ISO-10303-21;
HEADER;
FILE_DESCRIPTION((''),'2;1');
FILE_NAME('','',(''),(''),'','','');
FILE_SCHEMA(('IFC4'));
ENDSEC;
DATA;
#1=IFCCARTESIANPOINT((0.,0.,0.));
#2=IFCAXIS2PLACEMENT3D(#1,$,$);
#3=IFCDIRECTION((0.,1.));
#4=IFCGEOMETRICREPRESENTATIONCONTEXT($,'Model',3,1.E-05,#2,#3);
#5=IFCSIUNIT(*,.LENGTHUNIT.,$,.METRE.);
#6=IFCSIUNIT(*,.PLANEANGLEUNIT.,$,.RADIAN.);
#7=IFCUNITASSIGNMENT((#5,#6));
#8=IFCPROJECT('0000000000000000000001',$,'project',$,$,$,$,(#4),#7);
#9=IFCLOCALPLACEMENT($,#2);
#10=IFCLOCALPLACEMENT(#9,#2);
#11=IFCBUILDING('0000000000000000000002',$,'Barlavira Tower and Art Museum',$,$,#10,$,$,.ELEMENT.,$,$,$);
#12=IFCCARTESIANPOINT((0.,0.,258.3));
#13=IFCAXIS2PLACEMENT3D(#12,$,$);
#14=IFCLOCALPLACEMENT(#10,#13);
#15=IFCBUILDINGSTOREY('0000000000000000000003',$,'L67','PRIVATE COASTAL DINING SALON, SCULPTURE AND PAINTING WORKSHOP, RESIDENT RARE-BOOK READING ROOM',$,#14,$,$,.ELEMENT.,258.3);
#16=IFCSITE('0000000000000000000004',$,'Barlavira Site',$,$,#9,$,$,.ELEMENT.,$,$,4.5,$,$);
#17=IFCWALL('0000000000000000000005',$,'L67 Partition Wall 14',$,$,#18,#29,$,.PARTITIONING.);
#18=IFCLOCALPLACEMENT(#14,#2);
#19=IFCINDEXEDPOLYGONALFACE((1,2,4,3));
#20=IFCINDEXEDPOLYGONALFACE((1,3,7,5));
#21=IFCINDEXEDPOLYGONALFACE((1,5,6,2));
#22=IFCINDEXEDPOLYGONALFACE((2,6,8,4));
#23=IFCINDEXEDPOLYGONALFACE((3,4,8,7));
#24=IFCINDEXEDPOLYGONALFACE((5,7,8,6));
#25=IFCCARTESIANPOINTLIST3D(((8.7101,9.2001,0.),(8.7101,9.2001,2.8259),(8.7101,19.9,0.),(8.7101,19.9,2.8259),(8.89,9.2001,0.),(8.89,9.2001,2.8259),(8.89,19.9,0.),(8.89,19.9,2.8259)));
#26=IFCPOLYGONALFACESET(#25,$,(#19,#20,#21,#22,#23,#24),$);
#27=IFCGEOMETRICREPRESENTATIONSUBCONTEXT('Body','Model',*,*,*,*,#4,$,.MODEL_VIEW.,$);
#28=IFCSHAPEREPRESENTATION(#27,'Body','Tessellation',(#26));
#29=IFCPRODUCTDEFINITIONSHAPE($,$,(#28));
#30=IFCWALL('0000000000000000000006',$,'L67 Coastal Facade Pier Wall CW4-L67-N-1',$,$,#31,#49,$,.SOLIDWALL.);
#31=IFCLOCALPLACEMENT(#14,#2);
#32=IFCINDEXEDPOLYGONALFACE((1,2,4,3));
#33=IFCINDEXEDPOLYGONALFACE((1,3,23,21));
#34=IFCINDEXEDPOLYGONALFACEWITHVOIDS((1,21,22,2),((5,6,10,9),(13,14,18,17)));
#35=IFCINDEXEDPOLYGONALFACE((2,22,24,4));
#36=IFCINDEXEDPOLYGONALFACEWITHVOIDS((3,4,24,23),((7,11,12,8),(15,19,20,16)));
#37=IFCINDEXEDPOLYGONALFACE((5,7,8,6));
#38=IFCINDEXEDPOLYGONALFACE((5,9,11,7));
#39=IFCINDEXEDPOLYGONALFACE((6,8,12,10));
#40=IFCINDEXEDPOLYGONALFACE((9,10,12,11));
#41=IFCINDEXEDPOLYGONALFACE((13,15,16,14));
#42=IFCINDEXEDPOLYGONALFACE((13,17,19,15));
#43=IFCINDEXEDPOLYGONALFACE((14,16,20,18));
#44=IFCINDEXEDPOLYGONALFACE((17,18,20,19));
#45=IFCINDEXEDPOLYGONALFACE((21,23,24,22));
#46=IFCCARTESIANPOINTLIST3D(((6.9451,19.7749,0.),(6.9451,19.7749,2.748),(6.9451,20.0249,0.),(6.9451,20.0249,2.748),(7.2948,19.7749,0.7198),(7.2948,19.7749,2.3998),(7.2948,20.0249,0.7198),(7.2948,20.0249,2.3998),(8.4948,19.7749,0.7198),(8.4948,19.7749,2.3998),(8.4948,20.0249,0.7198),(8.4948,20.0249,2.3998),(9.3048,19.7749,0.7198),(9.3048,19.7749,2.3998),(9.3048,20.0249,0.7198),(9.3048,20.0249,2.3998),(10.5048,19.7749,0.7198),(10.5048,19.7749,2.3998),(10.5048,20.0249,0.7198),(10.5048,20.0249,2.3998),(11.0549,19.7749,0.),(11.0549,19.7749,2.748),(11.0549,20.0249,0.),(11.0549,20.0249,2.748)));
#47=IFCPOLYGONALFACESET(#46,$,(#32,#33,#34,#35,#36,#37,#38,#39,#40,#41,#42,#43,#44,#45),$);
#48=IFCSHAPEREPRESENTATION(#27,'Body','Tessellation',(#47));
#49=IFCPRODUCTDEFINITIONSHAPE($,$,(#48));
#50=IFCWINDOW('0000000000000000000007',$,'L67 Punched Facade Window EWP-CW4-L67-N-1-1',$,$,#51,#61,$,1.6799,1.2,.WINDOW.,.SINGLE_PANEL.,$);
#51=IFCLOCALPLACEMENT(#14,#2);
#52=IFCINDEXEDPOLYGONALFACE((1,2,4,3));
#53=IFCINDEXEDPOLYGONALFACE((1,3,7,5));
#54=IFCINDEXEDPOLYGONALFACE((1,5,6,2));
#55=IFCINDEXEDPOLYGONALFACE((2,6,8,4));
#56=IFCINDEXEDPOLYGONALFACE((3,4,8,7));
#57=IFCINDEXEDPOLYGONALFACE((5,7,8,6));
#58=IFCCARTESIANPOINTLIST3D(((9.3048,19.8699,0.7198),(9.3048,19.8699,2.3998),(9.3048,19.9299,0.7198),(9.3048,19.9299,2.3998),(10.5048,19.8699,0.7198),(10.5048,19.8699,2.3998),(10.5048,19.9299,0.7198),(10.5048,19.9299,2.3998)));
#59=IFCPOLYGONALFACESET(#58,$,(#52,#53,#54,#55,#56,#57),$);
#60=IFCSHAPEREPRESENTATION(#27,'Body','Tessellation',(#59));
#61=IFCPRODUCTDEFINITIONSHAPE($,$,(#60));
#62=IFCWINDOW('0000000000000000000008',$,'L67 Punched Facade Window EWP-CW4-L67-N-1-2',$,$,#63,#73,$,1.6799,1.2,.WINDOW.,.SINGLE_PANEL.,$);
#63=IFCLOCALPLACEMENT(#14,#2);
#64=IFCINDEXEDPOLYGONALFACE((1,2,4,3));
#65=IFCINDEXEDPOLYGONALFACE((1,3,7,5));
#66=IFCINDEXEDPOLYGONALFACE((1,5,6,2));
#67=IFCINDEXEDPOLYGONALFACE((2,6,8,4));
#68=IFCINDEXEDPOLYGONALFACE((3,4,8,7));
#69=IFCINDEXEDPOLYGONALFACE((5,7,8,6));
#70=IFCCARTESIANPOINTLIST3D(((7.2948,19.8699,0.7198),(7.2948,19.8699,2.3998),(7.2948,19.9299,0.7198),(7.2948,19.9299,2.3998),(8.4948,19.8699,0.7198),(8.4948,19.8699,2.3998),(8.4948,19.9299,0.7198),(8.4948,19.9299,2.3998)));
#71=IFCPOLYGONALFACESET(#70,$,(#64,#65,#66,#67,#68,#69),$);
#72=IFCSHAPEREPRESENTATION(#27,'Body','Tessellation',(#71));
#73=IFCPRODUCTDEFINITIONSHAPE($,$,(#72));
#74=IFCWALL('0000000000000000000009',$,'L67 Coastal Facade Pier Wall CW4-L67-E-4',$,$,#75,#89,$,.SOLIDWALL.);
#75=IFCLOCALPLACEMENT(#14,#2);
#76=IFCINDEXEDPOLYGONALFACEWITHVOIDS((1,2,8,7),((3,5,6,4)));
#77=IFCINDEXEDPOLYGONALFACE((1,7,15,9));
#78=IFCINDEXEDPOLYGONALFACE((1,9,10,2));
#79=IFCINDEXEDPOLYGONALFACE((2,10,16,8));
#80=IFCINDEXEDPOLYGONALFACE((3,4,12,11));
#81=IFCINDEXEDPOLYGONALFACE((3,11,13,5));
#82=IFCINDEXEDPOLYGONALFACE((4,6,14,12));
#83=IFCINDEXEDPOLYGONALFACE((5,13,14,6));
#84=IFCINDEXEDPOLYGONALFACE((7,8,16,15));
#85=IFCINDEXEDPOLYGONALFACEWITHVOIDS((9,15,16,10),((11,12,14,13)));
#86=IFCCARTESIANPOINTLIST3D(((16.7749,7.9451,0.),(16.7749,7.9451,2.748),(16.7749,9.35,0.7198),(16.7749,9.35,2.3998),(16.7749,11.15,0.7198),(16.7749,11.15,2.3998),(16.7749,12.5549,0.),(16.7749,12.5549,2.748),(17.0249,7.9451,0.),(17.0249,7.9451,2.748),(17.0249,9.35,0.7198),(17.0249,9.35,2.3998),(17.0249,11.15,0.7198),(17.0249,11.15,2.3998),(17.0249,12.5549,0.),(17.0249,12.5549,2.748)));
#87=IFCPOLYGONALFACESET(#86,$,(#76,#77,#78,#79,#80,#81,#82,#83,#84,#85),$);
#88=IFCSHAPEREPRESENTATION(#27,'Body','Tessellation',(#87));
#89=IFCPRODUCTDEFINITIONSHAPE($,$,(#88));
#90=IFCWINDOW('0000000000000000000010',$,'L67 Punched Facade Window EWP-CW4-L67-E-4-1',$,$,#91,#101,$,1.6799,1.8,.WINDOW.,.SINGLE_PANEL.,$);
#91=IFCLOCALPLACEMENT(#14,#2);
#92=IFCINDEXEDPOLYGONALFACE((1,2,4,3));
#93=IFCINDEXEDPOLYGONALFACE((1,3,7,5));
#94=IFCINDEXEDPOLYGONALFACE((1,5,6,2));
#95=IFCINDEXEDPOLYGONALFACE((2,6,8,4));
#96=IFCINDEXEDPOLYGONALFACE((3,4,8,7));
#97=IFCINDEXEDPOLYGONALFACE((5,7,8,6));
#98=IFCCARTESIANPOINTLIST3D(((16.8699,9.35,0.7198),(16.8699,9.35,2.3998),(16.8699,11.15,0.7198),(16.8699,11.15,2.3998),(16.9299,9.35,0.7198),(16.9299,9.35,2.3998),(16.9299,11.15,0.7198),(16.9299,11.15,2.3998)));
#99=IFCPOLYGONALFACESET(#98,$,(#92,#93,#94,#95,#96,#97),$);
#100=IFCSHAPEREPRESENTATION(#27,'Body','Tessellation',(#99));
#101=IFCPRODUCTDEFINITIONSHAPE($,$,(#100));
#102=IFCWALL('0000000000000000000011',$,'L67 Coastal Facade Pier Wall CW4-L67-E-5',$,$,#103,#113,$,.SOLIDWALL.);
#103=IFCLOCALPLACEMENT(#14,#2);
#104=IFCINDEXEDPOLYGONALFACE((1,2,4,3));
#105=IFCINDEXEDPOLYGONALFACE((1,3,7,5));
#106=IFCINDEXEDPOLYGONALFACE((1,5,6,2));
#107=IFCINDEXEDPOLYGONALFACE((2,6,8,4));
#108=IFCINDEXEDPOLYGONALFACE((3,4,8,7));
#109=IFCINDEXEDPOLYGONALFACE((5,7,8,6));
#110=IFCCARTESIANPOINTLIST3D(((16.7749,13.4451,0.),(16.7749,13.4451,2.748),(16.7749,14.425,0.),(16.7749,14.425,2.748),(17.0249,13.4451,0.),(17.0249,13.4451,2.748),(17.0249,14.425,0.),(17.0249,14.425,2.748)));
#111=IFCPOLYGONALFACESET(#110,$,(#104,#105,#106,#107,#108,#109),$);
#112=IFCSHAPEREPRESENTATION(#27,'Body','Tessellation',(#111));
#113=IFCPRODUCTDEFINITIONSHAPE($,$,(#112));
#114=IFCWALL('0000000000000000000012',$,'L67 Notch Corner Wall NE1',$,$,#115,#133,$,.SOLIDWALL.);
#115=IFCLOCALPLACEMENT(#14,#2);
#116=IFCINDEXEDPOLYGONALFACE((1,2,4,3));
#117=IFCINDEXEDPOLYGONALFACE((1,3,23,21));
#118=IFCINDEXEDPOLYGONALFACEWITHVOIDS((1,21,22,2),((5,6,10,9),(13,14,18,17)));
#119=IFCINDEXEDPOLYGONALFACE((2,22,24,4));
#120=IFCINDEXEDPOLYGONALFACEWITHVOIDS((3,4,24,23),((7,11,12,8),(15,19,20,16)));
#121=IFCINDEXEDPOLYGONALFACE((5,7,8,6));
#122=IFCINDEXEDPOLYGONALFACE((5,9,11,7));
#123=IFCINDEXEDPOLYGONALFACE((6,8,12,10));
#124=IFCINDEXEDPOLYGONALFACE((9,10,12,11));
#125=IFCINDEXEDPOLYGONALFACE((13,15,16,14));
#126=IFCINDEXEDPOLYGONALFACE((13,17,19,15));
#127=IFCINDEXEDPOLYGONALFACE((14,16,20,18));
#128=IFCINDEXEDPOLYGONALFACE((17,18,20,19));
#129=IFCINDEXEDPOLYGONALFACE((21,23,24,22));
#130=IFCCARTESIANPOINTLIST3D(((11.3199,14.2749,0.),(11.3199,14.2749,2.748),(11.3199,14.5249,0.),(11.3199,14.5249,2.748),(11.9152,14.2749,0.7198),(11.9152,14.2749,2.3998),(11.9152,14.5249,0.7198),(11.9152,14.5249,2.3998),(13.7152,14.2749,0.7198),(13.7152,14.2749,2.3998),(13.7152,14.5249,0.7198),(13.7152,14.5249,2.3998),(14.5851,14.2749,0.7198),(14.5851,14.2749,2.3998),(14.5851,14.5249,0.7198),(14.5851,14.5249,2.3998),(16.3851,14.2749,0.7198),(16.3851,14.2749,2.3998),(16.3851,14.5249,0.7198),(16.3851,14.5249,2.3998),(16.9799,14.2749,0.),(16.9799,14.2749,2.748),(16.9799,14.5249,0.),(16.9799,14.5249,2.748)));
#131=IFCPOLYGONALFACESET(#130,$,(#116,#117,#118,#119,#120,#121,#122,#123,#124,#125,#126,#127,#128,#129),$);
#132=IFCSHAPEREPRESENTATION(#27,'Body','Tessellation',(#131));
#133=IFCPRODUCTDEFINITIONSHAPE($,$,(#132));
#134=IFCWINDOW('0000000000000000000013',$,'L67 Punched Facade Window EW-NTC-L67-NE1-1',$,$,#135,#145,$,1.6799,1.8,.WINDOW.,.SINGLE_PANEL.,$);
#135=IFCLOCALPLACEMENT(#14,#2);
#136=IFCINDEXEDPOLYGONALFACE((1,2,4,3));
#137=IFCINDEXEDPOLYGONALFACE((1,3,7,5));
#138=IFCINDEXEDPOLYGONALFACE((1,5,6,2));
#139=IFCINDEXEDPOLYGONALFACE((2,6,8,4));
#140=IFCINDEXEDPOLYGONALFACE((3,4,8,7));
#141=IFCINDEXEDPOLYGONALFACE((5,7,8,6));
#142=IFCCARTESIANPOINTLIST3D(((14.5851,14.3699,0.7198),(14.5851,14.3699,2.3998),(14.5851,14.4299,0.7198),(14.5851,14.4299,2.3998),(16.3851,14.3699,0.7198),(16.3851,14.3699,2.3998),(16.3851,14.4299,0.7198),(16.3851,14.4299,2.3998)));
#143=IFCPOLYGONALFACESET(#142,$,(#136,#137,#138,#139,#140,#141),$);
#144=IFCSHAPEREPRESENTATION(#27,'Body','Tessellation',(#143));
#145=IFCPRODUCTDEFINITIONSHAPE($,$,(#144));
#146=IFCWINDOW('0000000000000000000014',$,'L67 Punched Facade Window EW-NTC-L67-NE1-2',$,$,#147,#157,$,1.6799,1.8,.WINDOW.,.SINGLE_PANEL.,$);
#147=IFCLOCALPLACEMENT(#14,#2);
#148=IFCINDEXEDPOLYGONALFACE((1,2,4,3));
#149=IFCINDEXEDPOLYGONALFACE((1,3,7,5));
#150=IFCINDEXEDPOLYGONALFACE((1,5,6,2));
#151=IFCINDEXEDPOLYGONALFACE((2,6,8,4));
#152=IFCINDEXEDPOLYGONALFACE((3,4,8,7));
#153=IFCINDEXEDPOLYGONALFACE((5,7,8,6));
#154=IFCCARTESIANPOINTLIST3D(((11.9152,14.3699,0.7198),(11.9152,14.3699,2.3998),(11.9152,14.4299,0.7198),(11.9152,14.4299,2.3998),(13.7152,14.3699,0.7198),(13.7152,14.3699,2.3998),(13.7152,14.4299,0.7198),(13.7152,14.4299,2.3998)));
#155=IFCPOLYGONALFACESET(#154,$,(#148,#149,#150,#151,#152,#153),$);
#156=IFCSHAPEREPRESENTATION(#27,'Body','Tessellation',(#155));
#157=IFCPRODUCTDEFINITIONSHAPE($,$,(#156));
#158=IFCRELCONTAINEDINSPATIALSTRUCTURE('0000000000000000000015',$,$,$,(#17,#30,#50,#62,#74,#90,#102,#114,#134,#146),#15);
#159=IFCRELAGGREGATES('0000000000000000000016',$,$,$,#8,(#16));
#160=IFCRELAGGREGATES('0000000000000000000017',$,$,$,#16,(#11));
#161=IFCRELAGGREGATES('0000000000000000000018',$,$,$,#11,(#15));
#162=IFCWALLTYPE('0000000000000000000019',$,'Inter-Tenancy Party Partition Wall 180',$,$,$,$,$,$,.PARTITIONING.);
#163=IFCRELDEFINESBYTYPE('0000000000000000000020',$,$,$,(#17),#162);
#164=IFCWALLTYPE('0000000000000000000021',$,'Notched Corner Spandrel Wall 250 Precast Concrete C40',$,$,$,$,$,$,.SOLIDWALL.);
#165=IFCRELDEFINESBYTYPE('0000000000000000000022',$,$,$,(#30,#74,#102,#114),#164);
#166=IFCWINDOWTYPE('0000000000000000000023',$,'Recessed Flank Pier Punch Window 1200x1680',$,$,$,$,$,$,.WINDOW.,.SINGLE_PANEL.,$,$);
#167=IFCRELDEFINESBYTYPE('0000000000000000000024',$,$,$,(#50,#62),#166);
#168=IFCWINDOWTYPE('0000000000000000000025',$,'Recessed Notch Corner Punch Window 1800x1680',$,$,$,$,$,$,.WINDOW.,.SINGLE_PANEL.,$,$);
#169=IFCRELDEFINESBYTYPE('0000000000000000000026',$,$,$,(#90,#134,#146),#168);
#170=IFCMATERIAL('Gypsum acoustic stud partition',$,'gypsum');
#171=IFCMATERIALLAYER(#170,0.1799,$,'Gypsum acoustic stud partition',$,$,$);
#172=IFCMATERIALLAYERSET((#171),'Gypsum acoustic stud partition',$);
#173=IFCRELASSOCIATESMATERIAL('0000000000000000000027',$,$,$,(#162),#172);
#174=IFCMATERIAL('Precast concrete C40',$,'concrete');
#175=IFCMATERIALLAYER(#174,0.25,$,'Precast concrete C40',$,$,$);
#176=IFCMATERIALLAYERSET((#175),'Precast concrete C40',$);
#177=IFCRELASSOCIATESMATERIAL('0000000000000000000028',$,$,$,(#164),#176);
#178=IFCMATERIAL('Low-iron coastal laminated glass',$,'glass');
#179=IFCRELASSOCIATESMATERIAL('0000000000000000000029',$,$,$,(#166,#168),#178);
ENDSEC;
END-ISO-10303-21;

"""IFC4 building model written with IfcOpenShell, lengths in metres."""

from ifc_helpers import new_model, si_unit, direction, frame, frame_2d, origin, place, context, subcontext, project, spatial, rectangle, extrude, material, layer, layer_set, type_object, element, fill, save


model = new_model("IFC4")

# Units and contexts
model_context = context("Model", 3, precision=1e-05, world=origin(), true_north=direction((0.0, 1.0)))
body_context = subcontext(model_context, "Body", "Model", "MODEL_VIEW")
ifc_project = project(units=[si_unit("LENGTHUNIT", "METRE"), si_unit("PLANEANGLEUNIT", "RADIAN")], contexts=[model_context])

# Site, building, storey
site_placement = place(None, origin())
site = spatial("IfcSite", under=ifc_project, at=site_placement, Name="Barlavira Site", CompositionType="ELEMENT", RefElevation=4.5)
building_placement = place(site_placement, origin())
building = spatial("IfcBuilding", under=site, at=building_placement, Name="Barlavira Tower and Art Museum", CompositionType="ELEMENT")
storey_placement = place(building_placement, frame((0.0, 0.0, 258.3)))
storey = spatial("IfcBuildingStorey", under=building, at=storey_placement, Name="L67", Description="PRIVATE COASTAL DINING SALON, SCULPTURE AND PAINTING WORKSHOP, RESIDENT RARE-BOOK READING ROOM", CompositionType="ELEMENT", Elevation=258.3)

# Wall
ifc_material_1 = material(Name="Gypsum acoustic stud partition", Category="gypsum")
ifc_layer_1 = layer(ifc_material_1, 0.1799, Name="Gypsum acoustic stud partition")
ifc_layer_set_1 = layer_set([ifc_layer_1], Name="Gypsum acoustic stud partition")
wall_type_1 = type_object("IfcWallType", Name="Inter-Tenancy Party Partition Wall 180", PredefinedType="PARTITIONING", material=ifc_layer_set_1)
wall_1_placement = place(storey_placement, frame((8.8, 9.2, 0.0), z_axis=(0.0, 0.0, 1.0), x_axis=(0.0, 1.0, 0.0)))
element("IfcWall", 1, at=wall_1_placement, inside=storey, type_object=wall_type_1, Name="L67 Partition Wall 14", PredefinedType="PARTITIONING", context=body_context, shape_type="SweptSolid", body=[
    extrude(rectangle(XDim=10.7, YDim=0.1799, at=frame_2d((5.3501, 0.0))), origin(), (0.0, 0.0, 1.0), 2.8259),
])

# Wall, openings, windows
ifc_material_2 = material(Name="Precast concrete C40", Category="concrete")
ifc_layer_2 = layer(ifc_material_2, 0.25, Name="Precast concrete C40")
ifc_layer_set_2 = layer_set([ifc_layer_2], Name="Precast concrete C40")
wall_type_2 = type_object("IfcWallType", Name="Notched Corner Spandrel Wall 250 Precast Concrete C40", PredefinedType="SOLIDWALL", material=ifc_layer_set_2)
wall_2_placement = place(storey_placement, frame((11.0549, 19.8999, 0.0), z_axis=(0.0, 0.0, 1.0), x_axis=(-1.0, 0.0, 0.0)))
wall_2 = element("IfcWall", 2, at=wall_2_placement, inside=storey, type_object=wall_type_2, Name="L67 Coastal Facade Pier Wall CW4-L67-N-1", PredefinedType="SOLIDWALL", context=body_context, shape_type="SweptSolid", body=[
    extrude(rectangle(XDim=4.1099, YDim=0.25, at=frame_2d((2.0549, 0.0))), origin(), (0.0, 0.0, 1.0), 2.748),
])
opening_1_placement = place(wall_2_placement, frame((0.55, 0.0, 0.72)))
opening_1 = element("IfcOpeningElement", 3, at=opening_1_placement, cuts=wall_2, PredefinedType="OPENING", context=body_context, shape_type="SweptSolid", body=[
    extrude(rectangle(XDim=1.2, YDim=1.6799, at=frame_2d((0.6001, 0.8398))), frame((0.0, 0.135, 0.0), z_axis=(0.0, -1.0, 0.0), x_axis=(1.0, 0.0, 0.0)), (0.0, 0.0, 1.0), 0.27),
])
opening_2_placement = place(wall_2_placement, frame((2.5601, 0.0, 0.72)))
opening_2 = element("IfcOpeningElement", 4, at=opening_2_placement, cuts=wall_2, PredefinedType="OPENING", context=body_context, shape_type="SweptSolid", body=[
    extrude(rectangle(XDim=1.2, YDim=1.6799, at=frame_2d((0.6001, 0.8398))), frame((0.0, 0.135, 0.0), z_axis=(0.0, -1.0, 0.0), x_axis=(1.0, 0.0, 0.0)), (0.0, 0.0, 1.0), 0.27),
])
ifc_material_3 = material(Name="Low-iron coastal laminated glass", Category="glass")
window_type_1 = type_object("IfcWindowType", Name="Recessed Flank Pier Punch Window 1200x1680", PartitioningType="SINGLE_PANEL", PredefinedType="WINDOW", material=ifc_material_3)
window_1_placement = place(opening_1_placement, origin())
window_1 = element("IfcWindow", 5, at=window_1_placement, inside=storey, type_object=window_type_1, Name="L67 Punched Facade Window EWP-CW4-L67-N-1-1", OverallHeight=1.6799, OverallWidth=1.2, PartitioningType="SINGLE_PANEL", PredefinedType="WINDOW", context=body_context, shape_type="SweptSolid", body=[
    extrude(rectangle(XDim=1.2, YDim=1.6799, at=frame_2d((0.6001, 0.8398))), frame((0.0, 0.03, 0.0), z_axis=(0.0, -1.0, 0.0), x_axis=(1.0, 0.0, 0.0)), (0.0, 0.0, 1.0), 0.0601),
])
fill(opening_1, window_1)
window_2_placement = place(opening_2_placement, origin())
window_2 = element("IfcWindow", 6, at=window_2_placement, inside=storey, type_object=window_type_1, Name="L67 Punched Facade Window EWP-CW4-L67-N-1-2", OverallHeight=1.6799, OverallWidth=1.2, PartitioningType="SINGLE_PANEL", PredefinedType="WINDOW", context=body_context, shape_type="SweptSolid", body=[
    extrude(rectangle(XDim=1.2, YDim=1.6799, at=frame_2d((0.6001, 0.8398))), frame((0.0, 0.03, 0.0), z_axis=(0.0, -1.0, 0.0), x_axis=(1.0, 0.0, 0.0)), (0.0, 0.0, 1.0), 0.0601),
])
fill(opening_2, window_2)

# Wall, opening, window
wall_3_placement = place(storey_placement, frame((16.8999, 7.9451, 0.0), z_axis=(0.0, 0.0, 1.0), x_axis=(0.0, 1.0, 0.0)))
wall_3 = element("IfcWall", 7, at=wall_3_placement, inside=storey, type_object=wall_type_2, Name="L67 Coastal Facade Pier Wall CW4-L67-E-4", PredefinedType="SOLIDWALL", context=body_context, shape_type="SweptSolid", body=[
    extrude(rectangle(XDim=4.6099, YDim=0.25, at=frame_2d((2.3049, 0.0))), origin(), (0.0, 0.0, 1.0), 2.748),
])
opening_3_placement = place(wall_3_placement, frame((1.405, 0.0, 0.72)))
opening_3 = element("IfcOpeningElement", 8, at=opening_3_placement, cuts=wall_3, PredefinedType="OPENING", context=body_context, shape_type="SweptSolid", body=[
    extrude(rectangle(XDim=1.8, YDim=1.6799, at=frame_2d((0.8999, 0.8398))), frame((0.0, 0.135, 0.0), z_axis=(0.0, -1.0, 0.0), x_axis=(1.0, 0.0, 0.0)), (0.0, 0.0, 1.0), 0.27),
])
window_type_2 = type_object("IfcWindowType", Name="Recessed Notch Corner Punch Window 1800x1680", PartitioningType="SINGLE_PANEL", PredefinedType="WINDOW", material=ifc_material_3)
window_3_placement = place(opening_3_placement, origin())
window_3 = element("IfcWindow", 9, at=window_3_placement, inside=storey, type_object=window_type_2, Name="L67 Punched Facade Window EWP-CW4-L67-E-4-1", OverallHeight=1.6799, OverallWidth=1.8, PartitioningType="SINGLE_PANEL", PredefinedType="WINDOW", context=body_context, shape_type="SweptSolid", body=[
    extrude(rectangle(XDim=1.8, YDim=1.6799, at=frame_2d((0.8999, 0.8398))), frame((0.0, 0.03, 0.0), z_axis=(0.0, -1.0, 0.0), x_axis=(1.0, 0.0, 0.0)), (0.0, 0.0, 1.0), 0.0601),
])
fill(opening_3, window_3)

# Wall
wall_4_placement = place(storey_placement, frame((16.8999, 13.4451, 0.0), z_axis=(0.0, 0.0, 1.0), x_axis=(0.0, 1.0, 0.0)))
element("IfcWall", 10, at=wall_4_placement, inside=storey, type_object=wall_type_2, Name="L67 Coastal Facade Pier Wall CW4-L67-E-5", PredefinedType="SOLIDWALL", context=body_context, shape_type="SweptSolid", body=[
    extrude(rectangle(XDim=0.98, YDim=0.25, at=frame_2d((0.49, 0.0))), origin(), (0.0, 0.0, 1.0), 2.748),
])

# Wall, openings, windows
wall_5_placement = place(storey_placement, frame((16.98, 14.3999, 0.0), z_axis=(0.0, 0.0, 1.0), x_axis=(-1.0, 0.0, 0.0)))
wall_5 = element("IfcWall", 11, at=wall_5_placement, inside=storey, type_object=wall_type_2, Name="L67 Notch Corner Wall NE1", PredefinedType="SOLIDWALL", context=body_context, shape_type="SweptSolid", body=[
    extrude(rectangle(XDim=5.6599, YDim=0.25, at=frame_2d((2.8301, 0.0))), origin(), (0.0, 0.0, 1.0), 2.748),
])
opening_4_placement = place(wall_5_placement, frame((0.595, 0.0, 0.72)))
opening_4 = element("IfcOpeningElement", 12, at=opening_4_placement, cuts=wall_5, PredefinedType="OPENING", context=body_context, shape_type="SweptSolid", body=[
    extrude(rectangle(XDim=1.8, YDim=1.6799, at=frame_2d((0.8999, 0.8398))), frame((0.0, 0.135, 0.0), z_axis=(0.0, -1.0, 0.0), x_axis=(1.0, 0.0, 0.0)), (0.0, 0.0, 1.0), 0.27),
])
opening_5_placement = place(wall_5_placement, frame((3.2649, 0.0, 0.72)))
opening_5 = element("IfcOpeningElement", 13, at=opening_5_placement, cuts=wall_5, PredefinedType="OPENING", context=body_context, shape_type="SweptSolid", body=[
    extrude(rectangle(XDim=1.8, YDim=1.6799, at=frame_2d((0.8999, 0.8398))), frame((0.0, 0.135, 0.0), z_axis=(0.0, -1.0, 0.0), x_axis=(1.0, 0.0, 0.0)), (0.0, 0.0, 1.0), 0.27),
])
window_4_placement = place(opening_4_placement, origin())
window_4 = element("IfcWindow", 14, at=window_4_placement, inside=storey, type_object=window_type_2, Name="L67 Punched Facade Window EW-NTC-L67-NE1-1", OverallHeight=1.6799, OverallWidth=1.8, PartitioningType="SINGLE_PANEL", PredefinedType="WINDOW", context=body_context, shape_type="SweptSolid", body=[
    extrude(rectangle(XDim=1.8, YDim=1.6799, at=frame_2d((0.8999, 0.8398))), frame((0.0, 0.03, 0.0), z_axis=(0.0, -1.0, 0.0), x_axis=(1.0, 0.0, 0.0)), (0.0, 0.0, 1.0), 0.0601),
])
fill(opening_4, window_4)
window_5_placement = place(opening_5_placement, origin())
window_5 = element("IfcWindow", 15, at=window_5_placement, inside=storey, type_object=window_type_2, Name="L67 Punched Facade Window EW-NTC-L67-NE1-2", OverallHeight=1.6799, OverallWidth=1.8, PartitioningType="SINGLE_PANEL", PredefinedType="WINDOW", context=body_context, shape_type="SweptSolid", body=[
    extrude(rectangle(XDim=1.8, YDim=1.6799, at=frame_2d((0.8999, 0.8398))), frame((0.0, 0.03, 0.0), z_axis=(0.0, -1.0, 0.0), x_axis=(1.0, 0.0, 0.0)), (0.0, 0.0, 1.0), 0.0601),
])
fill(opening_5, window_5)

save(model, "model.ifc")
